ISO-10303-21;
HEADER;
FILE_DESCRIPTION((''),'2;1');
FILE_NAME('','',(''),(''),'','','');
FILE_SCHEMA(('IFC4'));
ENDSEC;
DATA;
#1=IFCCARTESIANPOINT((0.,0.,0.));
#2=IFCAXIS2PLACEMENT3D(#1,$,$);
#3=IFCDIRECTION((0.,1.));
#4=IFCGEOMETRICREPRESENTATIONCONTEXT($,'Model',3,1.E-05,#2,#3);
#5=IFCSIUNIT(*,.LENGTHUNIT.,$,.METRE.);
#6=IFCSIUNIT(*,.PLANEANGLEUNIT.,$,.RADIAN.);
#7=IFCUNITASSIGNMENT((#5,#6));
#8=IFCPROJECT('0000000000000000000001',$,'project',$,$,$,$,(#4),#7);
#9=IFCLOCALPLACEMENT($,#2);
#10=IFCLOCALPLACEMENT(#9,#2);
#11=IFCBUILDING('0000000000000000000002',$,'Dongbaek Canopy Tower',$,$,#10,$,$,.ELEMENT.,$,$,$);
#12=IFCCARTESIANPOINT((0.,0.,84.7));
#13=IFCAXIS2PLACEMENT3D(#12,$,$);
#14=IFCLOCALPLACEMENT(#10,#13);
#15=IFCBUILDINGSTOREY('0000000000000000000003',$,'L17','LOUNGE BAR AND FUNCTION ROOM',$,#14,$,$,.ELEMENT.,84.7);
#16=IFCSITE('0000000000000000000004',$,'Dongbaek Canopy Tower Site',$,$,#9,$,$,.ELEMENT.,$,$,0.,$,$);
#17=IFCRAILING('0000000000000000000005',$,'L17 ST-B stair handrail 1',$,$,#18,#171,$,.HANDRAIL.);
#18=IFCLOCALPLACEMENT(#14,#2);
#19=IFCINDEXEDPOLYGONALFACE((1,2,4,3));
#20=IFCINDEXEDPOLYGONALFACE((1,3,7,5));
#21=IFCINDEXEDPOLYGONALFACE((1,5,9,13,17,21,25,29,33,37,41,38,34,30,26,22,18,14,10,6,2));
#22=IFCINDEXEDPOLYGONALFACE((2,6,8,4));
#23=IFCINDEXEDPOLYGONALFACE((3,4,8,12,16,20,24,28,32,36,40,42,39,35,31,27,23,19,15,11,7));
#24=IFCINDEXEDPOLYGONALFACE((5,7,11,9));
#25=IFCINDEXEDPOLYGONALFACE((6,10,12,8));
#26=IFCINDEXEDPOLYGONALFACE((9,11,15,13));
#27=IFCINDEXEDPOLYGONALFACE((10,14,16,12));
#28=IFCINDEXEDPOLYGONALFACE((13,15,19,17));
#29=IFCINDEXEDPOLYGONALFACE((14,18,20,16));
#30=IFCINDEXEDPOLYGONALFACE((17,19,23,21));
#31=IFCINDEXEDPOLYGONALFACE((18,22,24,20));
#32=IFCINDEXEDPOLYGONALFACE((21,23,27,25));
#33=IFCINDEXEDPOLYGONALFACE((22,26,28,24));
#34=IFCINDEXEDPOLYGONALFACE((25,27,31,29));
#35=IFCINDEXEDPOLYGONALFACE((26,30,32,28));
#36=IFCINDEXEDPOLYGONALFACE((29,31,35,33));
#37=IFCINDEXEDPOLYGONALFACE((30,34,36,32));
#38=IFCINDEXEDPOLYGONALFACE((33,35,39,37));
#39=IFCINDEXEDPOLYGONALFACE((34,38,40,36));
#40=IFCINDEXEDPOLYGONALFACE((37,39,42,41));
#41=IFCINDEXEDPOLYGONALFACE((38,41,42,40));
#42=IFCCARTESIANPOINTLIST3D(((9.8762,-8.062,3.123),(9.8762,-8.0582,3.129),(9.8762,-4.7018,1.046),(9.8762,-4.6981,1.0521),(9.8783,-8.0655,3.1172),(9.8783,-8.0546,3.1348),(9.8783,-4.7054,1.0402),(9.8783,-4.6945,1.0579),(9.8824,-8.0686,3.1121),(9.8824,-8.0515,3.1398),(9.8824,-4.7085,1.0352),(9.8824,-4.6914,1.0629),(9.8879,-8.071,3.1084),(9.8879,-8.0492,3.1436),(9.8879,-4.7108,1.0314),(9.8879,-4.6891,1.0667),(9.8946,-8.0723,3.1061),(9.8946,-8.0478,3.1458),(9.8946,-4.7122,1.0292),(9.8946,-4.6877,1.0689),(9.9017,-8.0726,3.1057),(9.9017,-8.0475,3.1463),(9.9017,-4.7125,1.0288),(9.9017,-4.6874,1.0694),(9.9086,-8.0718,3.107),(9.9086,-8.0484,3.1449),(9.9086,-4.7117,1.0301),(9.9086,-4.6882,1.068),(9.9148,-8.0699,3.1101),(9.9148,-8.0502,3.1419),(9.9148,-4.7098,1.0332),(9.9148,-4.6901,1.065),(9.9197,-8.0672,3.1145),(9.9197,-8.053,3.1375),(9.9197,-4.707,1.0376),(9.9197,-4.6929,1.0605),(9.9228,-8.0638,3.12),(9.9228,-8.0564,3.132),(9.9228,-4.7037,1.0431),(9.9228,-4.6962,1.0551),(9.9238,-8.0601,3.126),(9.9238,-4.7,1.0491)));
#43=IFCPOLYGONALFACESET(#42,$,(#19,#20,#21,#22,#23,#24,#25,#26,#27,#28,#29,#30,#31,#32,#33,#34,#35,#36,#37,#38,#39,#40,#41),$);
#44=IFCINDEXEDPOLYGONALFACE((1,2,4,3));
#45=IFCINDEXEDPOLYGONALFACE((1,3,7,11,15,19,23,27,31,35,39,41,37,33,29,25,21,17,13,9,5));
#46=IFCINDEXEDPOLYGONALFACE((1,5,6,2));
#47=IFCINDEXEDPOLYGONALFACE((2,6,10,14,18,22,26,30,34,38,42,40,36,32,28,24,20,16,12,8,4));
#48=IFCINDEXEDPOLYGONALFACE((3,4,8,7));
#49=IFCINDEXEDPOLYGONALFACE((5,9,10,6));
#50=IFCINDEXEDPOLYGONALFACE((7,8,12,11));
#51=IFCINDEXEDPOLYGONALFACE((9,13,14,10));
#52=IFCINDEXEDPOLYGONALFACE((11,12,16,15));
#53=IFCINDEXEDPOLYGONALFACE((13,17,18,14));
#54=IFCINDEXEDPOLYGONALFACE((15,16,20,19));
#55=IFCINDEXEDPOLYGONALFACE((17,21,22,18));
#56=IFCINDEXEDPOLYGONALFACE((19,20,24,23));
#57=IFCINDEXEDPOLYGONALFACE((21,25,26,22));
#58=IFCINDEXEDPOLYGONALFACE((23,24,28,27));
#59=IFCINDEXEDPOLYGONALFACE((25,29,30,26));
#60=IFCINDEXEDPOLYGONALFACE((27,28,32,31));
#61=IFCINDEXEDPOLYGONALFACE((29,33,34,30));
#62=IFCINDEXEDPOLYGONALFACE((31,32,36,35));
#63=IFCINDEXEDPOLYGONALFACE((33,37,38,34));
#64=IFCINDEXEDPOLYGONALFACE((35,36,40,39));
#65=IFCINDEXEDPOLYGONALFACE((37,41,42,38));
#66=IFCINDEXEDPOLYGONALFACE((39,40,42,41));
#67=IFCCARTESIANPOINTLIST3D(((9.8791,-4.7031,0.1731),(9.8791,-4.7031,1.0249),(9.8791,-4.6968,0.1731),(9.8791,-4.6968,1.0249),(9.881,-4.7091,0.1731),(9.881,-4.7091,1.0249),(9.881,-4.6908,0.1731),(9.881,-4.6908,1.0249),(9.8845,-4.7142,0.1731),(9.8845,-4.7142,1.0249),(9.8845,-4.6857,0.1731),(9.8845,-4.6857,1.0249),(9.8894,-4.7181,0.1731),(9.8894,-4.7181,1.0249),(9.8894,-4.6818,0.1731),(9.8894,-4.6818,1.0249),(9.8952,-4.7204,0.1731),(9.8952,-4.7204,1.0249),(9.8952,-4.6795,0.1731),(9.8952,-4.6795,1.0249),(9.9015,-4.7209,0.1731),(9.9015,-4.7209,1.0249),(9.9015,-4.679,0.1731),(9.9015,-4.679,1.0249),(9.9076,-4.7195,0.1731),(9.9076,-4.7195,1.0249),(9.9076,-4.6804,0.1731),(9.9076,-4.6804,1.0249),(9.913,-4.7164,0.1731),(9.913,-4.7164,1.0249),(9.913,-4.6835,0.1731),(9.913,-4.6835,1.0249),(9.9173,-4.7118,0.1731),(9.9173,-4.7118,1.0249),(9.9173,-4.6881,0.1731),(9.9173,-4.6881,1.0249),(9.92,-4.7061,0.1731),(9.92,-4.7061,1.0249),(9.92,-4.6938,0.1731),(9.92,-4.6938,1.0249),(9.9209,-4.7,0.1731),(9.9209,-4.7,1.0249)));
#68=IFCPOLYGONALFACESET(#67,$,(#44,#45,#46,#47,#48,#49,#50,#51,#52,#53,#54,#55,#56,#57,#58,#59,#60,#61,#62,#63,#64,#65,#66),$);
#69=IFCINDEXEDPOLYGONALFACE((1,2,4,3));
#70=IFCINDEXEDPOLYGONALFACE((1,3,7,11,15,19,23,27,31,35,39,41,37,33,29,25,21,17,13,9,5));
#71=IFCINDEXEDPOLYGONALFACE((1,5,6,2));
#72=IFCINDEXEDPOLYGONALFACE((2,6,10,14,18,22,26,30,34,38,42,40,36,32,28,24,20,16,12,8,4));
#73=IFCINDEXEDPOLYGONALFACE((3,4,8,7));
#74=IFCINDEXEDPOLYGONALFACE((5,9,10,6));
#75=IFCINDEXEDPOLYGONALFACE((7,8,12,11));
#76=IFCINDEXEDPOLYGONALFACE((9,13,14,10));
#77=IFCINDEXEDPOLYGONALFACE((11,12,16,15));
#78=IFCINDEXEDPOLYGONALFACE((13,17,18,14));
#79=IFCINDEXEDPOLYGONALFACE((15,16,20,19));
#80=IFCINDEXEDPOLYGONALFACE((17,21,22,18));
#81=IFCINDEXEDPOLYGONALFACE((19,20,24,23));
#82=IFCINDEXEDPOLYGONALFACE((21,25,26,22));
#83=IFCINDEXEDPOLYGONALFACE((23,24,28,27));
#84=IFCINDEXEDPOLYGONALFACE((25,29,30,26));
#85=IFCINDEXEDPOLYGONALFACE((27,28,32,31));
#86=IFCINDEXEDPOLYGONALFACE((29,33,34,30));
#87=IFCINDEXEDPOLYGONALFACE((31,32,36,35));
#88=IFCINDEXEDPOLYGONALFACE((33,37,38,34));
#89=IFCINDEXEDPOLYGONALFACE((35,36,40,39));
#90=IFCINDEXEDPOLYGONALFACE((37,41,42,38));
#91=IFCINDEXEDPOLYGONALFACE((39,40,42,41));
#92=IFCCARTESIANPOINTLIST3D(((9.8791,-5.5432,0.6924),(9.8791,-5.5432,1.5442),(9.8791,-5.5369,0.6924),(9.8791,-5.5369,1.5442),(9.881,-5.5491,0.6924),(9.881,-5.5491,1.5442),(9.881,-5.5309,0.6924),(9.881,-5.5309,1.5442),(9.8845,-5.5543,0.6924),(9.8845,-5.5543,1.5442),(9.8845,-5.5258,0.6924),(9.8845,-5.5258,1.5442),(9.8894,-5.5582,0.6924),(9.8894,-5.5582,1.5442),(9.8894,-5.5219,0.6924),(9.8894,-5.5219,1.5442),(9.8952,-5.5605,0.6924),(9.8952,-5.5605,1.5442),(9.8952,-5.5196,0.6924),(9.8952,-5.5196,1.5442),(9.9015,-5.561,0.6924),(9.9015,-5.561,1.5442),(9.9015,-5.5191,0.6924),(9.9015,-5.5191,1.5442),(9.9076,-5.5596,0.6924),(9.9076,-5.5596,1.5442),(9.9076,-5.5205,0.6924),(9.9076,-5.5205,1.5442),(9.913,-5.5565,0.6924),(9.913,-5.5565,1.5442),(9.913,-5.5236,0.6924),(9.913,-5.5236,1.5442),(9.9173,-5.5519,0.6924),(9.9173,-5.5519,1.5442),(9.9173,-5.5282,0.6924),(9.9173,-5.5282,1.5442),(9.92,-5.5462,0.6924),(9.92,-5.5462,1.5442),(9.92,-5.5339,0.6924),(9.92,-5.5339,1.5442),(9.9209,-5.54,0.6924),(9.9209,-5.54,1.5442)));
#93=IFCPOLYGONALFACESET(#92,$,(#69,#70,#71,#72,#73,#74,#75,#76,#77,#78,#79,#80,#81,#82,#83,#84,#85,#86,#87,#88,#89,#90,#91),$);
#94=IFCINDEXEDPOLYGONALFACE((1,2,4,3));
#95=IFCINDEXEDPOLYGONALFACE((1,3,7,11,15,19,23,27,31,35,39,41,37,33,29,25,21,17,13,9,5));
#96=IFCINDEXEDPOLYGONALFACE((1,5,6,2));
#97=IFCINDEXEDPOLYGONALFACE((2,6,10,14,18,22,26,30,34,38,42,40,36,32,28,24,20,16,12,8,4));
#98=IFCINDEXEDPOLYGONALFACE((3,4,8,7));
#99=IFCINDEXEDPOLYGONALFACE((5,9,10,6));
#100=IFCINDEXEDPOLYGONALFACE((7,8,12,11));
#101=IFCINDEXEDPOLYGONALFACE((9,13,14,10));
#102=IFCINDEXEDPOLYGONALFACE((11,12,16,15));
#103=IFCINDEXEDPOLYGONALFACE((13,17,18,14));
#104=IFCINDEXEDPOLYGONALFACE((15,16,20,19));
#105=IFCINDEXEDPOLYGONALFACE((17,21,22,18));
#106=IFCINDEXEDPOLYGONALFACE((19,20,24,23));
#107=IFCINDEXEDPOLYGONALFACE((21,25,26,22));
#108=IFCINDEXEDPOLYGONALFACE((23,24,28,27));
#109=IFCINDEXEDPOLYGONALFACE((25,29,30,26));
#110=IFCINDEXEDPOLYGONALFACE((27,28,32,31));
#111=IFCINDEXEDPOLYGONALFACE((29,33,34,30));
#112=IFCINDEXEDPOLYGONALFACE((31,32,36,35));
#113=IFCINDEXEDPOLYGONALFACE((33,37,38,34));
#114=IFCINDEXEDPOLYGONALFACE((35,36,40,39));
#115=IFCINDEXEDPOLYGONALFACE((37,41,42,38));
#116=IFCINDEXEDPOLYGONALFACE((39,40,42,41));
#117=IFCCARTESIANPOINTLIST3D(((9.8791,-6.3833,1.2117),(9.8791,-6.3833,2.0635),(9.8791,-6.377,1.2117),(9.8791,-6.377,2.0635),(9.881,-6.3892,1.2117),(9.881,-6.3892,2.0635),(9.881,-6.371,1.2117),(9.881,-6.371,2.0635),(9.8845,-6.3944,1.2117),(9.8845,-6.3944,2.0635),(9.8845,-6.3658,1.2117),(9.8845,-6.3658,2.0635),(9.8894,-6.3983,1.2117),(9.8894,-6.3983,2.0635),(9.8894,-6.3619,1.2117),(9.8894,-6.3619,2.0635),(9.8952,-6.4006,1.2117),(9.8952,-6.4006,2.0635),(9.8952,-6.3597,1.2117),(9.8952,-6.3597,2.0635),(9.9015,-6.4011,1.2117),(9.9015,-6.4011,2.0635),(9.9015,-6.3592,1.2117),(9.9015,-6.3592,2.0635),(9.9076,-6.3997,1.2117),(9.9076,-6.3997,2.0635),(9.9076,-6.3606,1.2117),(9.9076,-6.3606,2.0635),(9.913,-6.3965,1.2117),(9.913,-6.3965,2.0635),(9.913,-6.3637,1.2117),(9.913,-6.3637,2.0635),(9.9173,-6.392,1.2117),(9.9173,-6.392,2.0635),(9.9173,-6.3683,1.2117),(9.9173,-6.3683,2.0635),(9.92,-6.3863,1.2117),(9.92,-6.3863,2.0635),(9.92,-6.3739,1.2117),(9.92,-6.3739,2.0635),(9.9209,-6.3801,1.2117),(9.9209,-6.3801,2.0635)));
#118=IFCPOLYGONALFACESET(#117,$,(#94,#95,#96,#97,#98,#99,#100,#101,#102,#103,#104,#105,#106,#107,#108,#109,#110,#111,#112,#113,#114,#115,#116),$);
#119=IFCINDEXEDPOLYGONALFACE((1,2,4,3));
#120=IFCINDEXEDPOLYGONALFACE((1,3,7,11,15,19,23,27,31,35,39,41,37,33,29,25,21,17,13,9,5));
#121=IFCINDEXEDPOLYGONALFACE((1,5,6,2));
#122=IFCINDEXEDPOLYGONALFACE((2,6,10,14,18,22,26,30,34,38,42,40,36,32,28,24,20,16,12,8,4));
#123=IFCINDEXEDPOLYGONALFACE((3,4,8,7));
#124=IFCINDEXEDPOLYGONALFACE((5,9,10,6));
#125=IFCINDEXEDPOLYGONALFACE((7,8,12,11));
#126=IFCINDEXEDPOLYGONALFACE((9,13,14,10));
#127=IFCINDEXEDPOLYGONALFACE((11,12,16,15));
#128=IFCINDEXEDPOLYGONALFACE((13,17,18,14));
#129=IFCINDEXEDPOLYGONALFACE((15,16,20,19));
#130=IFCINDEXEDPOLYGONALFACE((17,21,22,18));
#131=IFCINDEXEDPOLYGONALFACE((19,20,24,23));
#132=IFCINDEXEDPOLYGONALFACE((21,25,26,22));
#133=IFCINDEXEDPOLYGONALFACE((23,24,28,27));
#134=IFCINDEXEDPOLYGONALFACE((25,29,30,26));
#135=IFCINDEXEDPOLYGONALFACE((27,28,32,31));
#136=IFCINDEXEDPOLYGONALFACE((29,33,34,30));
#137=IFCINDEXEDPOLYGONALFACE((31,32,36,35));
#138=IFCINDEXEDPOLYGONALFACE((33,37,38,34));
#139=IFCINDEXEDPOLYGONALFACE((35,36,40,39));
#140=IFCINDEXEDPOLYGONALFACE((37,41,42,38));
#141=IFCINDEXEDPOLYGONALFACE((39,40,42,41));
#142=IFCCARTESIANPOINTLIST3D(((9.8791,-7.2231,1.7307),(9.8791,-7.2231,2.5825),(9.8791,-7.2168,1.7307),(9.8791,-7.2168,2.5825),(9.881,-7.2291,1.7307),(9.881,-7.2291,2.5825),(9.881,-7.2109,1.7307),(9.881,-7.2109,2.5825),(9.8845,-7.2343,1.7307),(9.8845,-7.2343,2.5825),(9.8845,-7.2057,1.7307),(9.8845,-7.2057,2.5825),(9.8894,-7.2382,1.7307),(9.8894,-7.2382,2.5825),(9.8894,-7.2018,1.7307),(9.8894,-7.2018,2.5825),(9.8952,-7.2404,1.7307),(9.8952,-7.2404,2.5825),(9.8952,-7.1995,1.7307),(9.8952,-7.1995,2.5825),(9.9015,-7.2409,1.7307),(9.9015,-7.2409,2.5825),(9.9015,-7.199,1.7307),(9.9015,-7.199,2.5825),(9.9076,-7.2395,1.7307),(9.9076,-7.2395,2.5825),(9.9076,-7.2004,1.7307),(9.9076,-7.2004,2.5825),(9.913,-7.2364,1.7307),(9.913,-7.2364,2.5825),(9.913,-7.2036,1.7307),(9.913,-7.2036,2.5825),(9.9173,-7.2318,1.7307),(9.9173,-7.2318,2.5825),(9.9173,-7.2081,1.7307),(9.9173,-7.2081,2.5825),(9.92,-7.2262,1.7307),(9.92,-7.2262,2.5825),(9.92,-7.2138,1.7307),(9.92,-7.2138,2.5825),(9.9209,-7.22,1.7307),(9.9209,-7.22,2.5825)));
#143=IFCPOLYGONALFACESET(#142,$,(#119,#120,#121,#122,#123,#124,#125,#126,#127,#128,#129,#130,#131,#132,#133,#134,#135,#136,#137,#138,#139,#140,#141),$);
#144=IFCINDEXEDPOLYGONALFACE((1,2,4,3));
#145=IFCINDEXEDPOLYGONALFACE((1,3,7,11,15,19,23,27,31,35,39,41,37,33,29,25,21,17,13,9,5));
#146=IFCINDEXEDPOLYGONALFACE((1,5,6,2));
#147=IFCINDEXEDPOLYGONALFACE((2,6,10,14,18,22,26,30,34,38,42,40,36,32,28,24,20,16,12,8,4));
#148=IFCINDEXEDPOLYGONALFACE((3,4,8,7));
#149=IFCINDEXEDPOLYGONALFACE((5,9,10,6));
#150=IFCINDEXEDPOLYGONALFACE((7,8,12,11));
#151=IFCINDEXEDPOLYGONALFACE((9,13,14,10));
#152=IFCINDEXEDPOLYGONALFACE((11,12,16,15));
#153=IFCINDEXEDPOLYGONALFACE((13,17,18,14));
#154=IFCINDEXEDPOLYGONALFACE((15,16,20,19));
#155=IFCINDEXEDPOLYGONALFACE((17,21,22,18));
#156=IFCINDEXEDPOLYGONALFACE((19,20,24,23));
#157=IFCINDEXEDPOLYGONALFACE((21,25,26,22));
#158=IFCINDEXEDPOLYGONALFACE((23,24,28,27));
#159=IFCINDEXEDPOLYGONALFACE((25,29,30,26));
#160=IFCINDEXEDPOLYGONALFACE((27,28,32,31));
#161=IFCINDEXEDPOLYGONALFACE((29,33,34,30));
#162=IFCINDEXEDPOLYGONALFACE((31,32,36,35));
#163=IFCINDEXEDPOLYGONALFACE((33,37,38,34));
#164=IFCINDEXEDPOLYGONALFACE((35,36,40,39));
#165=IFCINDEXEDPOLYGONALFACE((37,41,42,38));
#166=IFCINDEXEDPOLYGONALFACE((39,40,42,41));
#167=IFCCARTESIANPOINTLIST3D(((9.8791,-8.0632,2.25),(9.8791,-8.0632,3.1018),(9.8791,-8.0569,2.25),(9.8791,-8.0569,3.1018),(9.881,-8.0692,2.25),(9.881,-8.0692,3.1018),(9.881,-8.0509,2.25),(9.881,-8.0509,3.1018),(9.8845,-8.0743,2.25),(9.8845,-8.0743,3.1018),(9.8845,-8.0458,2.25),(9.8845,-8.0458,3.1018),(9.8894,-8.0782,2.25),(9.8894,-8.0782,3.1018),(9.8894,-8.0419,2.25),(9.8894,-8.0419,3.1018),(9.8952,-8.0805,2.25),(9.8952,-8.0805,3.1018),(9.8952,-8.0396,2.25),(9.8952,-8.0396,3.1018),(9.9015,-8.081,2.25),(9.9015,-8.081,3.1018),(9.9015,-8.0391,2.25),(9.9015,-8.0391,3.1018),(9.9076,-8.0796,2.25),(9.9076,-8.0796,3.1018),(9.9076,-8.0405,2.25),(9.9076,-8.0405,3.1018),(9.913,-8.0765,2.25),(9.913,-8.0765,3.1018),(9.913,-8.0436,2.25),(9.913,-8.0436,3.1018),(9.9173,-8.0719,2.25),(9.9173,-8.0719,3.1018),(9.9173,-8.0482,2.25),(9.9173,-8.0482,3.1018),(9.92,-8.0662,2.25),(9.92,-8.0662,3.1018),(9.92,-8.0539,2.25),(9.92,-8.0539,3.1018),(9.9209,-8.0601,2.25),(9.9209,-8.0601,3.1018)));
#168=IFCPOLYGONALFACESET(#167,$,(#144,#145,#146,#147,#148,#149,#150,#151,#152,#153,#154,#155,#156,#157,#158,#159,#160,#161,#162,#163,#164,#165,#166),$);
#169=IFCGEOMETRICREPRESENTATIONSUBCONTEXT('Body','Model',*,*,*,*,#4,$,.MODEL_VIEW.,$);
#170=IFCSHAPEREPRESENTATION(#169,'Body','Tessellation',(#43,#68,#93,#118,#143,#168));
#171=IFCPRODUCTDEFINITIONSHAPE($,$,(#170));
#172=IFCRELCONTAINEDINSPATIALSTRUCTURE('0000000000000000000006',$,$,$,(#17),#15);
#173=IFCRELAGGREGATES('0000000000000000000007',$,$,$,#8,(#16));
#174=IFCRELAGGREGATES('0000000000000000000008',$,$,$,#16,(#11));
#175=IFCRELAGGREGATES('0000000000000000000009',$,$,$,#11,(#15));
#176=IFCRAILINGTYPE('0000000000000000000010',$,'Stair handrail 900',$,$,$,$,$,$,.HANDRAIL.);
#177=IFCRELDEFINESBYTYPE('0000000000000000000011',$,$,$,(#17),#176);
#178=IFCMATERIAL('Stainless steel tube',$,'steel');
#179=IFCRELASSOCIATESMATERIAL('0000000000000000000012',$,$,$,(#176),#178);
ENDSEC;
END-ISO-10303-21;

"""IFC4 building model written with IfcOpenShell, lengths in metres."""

from ifc_helpers import new_model, si_unit, direction, frame, origin, origin_2d, place, context, subcontext, project, spatial, circle, extrude, material, type_object, element, save


model = new_model("IFC4")

# Units and contexts
model_context = context("Model", 3, precision=1e-05, world=origin(), true_north=direction((0.0, 1.0)))
body_context = subcontext(model_context, "Body", "Model", "MODEL_VIEW")
ifc_project = project(units=[si_unit("LENGTHUNIT", "METRE"), si_unit("PLANEANGLEUNIT", "RADIAN")], contexts=[model_context])

# Site, building, storey
site_placement = place(None, origin())
site = spatial("IfcSite", under=ifc_project, at=site_placement, Name="Dongbaek Canopy Tower Site", CompositionType="ELEMENT", RefElevation=0.0)
building_placement = place(site_placement, origin())
building = spatial("IfcBuilding", under=site, at=building_placement, Name="Dongbaek Canopy Tower", CompositionType="ELEMENT")
storey_placement = place(building_placement, frame((0.0, 0.0, 84.7)))
storey = spatial("IfcBuildingStorey", under=building, at=storey_placement, Name="L17", Description="LOUNGE BAR AND FUNCTION ROOM", CompositionType="ELEMENT", Elevation=84.7)

# Railing
ifc_material_1 = material(Name="Stainless steel tube", Category="steel")
railing_type_1 = type_object("IfcRailingType", Name="Stair handrail 900", PredefinedType="HANDRAIL", material=ifc_material_1)
railing_1_placement = place(storey_placement, frame((9.8999, -4.7, 0.1731)))
element("IfcRailing", 1, at=railing_1_placement, inside=storey, type_object=railing_type_1, Name="L17 ST-B stair handrail 1", PredefinedType="HANDRAIL", context=body_context, shape_type="SweptSolid", body=[
    extrude(circle(Radius=0.0239, at=origin_2d()), frame((0.0, 0.0, 0.876), z_axis=(0.0, -0.850623, 0.525776), x_axis=(1.0, 0.0, 0.0)), (0.0, 0.0, 1.0), 3.9502),
    extrude(circle(Radius=0.021, at=origin_2d()), origin(), (0.0, 0.0, 1.0), 0.8518),
    extrude(circle(Radius=0.021, at=origin_2d()), frame((0.0, -0.8401, 0.5193)), (0.0, 0.0, 1.0), 0.8518),
    extrude(circle(Radius=0.021, at=origin_2d()), frame((0.0, -1.6802, 1.0386)), (0.0, 0.0, 1.0), 0.8518),
    extrude(circle(Radius=0.021, at=origin_2d()), frame((0.0, -2.52, 1.5576)), (0.0, 0.0, 1.0), 0.8518),
    extrude(circle(Radius=0.021, at=origin_2d()), frame((0.0, -3.3601, 2.0769)), (0.0, 0.0, 1.0), 0.8518),
])

save(model, "model.ifc")
